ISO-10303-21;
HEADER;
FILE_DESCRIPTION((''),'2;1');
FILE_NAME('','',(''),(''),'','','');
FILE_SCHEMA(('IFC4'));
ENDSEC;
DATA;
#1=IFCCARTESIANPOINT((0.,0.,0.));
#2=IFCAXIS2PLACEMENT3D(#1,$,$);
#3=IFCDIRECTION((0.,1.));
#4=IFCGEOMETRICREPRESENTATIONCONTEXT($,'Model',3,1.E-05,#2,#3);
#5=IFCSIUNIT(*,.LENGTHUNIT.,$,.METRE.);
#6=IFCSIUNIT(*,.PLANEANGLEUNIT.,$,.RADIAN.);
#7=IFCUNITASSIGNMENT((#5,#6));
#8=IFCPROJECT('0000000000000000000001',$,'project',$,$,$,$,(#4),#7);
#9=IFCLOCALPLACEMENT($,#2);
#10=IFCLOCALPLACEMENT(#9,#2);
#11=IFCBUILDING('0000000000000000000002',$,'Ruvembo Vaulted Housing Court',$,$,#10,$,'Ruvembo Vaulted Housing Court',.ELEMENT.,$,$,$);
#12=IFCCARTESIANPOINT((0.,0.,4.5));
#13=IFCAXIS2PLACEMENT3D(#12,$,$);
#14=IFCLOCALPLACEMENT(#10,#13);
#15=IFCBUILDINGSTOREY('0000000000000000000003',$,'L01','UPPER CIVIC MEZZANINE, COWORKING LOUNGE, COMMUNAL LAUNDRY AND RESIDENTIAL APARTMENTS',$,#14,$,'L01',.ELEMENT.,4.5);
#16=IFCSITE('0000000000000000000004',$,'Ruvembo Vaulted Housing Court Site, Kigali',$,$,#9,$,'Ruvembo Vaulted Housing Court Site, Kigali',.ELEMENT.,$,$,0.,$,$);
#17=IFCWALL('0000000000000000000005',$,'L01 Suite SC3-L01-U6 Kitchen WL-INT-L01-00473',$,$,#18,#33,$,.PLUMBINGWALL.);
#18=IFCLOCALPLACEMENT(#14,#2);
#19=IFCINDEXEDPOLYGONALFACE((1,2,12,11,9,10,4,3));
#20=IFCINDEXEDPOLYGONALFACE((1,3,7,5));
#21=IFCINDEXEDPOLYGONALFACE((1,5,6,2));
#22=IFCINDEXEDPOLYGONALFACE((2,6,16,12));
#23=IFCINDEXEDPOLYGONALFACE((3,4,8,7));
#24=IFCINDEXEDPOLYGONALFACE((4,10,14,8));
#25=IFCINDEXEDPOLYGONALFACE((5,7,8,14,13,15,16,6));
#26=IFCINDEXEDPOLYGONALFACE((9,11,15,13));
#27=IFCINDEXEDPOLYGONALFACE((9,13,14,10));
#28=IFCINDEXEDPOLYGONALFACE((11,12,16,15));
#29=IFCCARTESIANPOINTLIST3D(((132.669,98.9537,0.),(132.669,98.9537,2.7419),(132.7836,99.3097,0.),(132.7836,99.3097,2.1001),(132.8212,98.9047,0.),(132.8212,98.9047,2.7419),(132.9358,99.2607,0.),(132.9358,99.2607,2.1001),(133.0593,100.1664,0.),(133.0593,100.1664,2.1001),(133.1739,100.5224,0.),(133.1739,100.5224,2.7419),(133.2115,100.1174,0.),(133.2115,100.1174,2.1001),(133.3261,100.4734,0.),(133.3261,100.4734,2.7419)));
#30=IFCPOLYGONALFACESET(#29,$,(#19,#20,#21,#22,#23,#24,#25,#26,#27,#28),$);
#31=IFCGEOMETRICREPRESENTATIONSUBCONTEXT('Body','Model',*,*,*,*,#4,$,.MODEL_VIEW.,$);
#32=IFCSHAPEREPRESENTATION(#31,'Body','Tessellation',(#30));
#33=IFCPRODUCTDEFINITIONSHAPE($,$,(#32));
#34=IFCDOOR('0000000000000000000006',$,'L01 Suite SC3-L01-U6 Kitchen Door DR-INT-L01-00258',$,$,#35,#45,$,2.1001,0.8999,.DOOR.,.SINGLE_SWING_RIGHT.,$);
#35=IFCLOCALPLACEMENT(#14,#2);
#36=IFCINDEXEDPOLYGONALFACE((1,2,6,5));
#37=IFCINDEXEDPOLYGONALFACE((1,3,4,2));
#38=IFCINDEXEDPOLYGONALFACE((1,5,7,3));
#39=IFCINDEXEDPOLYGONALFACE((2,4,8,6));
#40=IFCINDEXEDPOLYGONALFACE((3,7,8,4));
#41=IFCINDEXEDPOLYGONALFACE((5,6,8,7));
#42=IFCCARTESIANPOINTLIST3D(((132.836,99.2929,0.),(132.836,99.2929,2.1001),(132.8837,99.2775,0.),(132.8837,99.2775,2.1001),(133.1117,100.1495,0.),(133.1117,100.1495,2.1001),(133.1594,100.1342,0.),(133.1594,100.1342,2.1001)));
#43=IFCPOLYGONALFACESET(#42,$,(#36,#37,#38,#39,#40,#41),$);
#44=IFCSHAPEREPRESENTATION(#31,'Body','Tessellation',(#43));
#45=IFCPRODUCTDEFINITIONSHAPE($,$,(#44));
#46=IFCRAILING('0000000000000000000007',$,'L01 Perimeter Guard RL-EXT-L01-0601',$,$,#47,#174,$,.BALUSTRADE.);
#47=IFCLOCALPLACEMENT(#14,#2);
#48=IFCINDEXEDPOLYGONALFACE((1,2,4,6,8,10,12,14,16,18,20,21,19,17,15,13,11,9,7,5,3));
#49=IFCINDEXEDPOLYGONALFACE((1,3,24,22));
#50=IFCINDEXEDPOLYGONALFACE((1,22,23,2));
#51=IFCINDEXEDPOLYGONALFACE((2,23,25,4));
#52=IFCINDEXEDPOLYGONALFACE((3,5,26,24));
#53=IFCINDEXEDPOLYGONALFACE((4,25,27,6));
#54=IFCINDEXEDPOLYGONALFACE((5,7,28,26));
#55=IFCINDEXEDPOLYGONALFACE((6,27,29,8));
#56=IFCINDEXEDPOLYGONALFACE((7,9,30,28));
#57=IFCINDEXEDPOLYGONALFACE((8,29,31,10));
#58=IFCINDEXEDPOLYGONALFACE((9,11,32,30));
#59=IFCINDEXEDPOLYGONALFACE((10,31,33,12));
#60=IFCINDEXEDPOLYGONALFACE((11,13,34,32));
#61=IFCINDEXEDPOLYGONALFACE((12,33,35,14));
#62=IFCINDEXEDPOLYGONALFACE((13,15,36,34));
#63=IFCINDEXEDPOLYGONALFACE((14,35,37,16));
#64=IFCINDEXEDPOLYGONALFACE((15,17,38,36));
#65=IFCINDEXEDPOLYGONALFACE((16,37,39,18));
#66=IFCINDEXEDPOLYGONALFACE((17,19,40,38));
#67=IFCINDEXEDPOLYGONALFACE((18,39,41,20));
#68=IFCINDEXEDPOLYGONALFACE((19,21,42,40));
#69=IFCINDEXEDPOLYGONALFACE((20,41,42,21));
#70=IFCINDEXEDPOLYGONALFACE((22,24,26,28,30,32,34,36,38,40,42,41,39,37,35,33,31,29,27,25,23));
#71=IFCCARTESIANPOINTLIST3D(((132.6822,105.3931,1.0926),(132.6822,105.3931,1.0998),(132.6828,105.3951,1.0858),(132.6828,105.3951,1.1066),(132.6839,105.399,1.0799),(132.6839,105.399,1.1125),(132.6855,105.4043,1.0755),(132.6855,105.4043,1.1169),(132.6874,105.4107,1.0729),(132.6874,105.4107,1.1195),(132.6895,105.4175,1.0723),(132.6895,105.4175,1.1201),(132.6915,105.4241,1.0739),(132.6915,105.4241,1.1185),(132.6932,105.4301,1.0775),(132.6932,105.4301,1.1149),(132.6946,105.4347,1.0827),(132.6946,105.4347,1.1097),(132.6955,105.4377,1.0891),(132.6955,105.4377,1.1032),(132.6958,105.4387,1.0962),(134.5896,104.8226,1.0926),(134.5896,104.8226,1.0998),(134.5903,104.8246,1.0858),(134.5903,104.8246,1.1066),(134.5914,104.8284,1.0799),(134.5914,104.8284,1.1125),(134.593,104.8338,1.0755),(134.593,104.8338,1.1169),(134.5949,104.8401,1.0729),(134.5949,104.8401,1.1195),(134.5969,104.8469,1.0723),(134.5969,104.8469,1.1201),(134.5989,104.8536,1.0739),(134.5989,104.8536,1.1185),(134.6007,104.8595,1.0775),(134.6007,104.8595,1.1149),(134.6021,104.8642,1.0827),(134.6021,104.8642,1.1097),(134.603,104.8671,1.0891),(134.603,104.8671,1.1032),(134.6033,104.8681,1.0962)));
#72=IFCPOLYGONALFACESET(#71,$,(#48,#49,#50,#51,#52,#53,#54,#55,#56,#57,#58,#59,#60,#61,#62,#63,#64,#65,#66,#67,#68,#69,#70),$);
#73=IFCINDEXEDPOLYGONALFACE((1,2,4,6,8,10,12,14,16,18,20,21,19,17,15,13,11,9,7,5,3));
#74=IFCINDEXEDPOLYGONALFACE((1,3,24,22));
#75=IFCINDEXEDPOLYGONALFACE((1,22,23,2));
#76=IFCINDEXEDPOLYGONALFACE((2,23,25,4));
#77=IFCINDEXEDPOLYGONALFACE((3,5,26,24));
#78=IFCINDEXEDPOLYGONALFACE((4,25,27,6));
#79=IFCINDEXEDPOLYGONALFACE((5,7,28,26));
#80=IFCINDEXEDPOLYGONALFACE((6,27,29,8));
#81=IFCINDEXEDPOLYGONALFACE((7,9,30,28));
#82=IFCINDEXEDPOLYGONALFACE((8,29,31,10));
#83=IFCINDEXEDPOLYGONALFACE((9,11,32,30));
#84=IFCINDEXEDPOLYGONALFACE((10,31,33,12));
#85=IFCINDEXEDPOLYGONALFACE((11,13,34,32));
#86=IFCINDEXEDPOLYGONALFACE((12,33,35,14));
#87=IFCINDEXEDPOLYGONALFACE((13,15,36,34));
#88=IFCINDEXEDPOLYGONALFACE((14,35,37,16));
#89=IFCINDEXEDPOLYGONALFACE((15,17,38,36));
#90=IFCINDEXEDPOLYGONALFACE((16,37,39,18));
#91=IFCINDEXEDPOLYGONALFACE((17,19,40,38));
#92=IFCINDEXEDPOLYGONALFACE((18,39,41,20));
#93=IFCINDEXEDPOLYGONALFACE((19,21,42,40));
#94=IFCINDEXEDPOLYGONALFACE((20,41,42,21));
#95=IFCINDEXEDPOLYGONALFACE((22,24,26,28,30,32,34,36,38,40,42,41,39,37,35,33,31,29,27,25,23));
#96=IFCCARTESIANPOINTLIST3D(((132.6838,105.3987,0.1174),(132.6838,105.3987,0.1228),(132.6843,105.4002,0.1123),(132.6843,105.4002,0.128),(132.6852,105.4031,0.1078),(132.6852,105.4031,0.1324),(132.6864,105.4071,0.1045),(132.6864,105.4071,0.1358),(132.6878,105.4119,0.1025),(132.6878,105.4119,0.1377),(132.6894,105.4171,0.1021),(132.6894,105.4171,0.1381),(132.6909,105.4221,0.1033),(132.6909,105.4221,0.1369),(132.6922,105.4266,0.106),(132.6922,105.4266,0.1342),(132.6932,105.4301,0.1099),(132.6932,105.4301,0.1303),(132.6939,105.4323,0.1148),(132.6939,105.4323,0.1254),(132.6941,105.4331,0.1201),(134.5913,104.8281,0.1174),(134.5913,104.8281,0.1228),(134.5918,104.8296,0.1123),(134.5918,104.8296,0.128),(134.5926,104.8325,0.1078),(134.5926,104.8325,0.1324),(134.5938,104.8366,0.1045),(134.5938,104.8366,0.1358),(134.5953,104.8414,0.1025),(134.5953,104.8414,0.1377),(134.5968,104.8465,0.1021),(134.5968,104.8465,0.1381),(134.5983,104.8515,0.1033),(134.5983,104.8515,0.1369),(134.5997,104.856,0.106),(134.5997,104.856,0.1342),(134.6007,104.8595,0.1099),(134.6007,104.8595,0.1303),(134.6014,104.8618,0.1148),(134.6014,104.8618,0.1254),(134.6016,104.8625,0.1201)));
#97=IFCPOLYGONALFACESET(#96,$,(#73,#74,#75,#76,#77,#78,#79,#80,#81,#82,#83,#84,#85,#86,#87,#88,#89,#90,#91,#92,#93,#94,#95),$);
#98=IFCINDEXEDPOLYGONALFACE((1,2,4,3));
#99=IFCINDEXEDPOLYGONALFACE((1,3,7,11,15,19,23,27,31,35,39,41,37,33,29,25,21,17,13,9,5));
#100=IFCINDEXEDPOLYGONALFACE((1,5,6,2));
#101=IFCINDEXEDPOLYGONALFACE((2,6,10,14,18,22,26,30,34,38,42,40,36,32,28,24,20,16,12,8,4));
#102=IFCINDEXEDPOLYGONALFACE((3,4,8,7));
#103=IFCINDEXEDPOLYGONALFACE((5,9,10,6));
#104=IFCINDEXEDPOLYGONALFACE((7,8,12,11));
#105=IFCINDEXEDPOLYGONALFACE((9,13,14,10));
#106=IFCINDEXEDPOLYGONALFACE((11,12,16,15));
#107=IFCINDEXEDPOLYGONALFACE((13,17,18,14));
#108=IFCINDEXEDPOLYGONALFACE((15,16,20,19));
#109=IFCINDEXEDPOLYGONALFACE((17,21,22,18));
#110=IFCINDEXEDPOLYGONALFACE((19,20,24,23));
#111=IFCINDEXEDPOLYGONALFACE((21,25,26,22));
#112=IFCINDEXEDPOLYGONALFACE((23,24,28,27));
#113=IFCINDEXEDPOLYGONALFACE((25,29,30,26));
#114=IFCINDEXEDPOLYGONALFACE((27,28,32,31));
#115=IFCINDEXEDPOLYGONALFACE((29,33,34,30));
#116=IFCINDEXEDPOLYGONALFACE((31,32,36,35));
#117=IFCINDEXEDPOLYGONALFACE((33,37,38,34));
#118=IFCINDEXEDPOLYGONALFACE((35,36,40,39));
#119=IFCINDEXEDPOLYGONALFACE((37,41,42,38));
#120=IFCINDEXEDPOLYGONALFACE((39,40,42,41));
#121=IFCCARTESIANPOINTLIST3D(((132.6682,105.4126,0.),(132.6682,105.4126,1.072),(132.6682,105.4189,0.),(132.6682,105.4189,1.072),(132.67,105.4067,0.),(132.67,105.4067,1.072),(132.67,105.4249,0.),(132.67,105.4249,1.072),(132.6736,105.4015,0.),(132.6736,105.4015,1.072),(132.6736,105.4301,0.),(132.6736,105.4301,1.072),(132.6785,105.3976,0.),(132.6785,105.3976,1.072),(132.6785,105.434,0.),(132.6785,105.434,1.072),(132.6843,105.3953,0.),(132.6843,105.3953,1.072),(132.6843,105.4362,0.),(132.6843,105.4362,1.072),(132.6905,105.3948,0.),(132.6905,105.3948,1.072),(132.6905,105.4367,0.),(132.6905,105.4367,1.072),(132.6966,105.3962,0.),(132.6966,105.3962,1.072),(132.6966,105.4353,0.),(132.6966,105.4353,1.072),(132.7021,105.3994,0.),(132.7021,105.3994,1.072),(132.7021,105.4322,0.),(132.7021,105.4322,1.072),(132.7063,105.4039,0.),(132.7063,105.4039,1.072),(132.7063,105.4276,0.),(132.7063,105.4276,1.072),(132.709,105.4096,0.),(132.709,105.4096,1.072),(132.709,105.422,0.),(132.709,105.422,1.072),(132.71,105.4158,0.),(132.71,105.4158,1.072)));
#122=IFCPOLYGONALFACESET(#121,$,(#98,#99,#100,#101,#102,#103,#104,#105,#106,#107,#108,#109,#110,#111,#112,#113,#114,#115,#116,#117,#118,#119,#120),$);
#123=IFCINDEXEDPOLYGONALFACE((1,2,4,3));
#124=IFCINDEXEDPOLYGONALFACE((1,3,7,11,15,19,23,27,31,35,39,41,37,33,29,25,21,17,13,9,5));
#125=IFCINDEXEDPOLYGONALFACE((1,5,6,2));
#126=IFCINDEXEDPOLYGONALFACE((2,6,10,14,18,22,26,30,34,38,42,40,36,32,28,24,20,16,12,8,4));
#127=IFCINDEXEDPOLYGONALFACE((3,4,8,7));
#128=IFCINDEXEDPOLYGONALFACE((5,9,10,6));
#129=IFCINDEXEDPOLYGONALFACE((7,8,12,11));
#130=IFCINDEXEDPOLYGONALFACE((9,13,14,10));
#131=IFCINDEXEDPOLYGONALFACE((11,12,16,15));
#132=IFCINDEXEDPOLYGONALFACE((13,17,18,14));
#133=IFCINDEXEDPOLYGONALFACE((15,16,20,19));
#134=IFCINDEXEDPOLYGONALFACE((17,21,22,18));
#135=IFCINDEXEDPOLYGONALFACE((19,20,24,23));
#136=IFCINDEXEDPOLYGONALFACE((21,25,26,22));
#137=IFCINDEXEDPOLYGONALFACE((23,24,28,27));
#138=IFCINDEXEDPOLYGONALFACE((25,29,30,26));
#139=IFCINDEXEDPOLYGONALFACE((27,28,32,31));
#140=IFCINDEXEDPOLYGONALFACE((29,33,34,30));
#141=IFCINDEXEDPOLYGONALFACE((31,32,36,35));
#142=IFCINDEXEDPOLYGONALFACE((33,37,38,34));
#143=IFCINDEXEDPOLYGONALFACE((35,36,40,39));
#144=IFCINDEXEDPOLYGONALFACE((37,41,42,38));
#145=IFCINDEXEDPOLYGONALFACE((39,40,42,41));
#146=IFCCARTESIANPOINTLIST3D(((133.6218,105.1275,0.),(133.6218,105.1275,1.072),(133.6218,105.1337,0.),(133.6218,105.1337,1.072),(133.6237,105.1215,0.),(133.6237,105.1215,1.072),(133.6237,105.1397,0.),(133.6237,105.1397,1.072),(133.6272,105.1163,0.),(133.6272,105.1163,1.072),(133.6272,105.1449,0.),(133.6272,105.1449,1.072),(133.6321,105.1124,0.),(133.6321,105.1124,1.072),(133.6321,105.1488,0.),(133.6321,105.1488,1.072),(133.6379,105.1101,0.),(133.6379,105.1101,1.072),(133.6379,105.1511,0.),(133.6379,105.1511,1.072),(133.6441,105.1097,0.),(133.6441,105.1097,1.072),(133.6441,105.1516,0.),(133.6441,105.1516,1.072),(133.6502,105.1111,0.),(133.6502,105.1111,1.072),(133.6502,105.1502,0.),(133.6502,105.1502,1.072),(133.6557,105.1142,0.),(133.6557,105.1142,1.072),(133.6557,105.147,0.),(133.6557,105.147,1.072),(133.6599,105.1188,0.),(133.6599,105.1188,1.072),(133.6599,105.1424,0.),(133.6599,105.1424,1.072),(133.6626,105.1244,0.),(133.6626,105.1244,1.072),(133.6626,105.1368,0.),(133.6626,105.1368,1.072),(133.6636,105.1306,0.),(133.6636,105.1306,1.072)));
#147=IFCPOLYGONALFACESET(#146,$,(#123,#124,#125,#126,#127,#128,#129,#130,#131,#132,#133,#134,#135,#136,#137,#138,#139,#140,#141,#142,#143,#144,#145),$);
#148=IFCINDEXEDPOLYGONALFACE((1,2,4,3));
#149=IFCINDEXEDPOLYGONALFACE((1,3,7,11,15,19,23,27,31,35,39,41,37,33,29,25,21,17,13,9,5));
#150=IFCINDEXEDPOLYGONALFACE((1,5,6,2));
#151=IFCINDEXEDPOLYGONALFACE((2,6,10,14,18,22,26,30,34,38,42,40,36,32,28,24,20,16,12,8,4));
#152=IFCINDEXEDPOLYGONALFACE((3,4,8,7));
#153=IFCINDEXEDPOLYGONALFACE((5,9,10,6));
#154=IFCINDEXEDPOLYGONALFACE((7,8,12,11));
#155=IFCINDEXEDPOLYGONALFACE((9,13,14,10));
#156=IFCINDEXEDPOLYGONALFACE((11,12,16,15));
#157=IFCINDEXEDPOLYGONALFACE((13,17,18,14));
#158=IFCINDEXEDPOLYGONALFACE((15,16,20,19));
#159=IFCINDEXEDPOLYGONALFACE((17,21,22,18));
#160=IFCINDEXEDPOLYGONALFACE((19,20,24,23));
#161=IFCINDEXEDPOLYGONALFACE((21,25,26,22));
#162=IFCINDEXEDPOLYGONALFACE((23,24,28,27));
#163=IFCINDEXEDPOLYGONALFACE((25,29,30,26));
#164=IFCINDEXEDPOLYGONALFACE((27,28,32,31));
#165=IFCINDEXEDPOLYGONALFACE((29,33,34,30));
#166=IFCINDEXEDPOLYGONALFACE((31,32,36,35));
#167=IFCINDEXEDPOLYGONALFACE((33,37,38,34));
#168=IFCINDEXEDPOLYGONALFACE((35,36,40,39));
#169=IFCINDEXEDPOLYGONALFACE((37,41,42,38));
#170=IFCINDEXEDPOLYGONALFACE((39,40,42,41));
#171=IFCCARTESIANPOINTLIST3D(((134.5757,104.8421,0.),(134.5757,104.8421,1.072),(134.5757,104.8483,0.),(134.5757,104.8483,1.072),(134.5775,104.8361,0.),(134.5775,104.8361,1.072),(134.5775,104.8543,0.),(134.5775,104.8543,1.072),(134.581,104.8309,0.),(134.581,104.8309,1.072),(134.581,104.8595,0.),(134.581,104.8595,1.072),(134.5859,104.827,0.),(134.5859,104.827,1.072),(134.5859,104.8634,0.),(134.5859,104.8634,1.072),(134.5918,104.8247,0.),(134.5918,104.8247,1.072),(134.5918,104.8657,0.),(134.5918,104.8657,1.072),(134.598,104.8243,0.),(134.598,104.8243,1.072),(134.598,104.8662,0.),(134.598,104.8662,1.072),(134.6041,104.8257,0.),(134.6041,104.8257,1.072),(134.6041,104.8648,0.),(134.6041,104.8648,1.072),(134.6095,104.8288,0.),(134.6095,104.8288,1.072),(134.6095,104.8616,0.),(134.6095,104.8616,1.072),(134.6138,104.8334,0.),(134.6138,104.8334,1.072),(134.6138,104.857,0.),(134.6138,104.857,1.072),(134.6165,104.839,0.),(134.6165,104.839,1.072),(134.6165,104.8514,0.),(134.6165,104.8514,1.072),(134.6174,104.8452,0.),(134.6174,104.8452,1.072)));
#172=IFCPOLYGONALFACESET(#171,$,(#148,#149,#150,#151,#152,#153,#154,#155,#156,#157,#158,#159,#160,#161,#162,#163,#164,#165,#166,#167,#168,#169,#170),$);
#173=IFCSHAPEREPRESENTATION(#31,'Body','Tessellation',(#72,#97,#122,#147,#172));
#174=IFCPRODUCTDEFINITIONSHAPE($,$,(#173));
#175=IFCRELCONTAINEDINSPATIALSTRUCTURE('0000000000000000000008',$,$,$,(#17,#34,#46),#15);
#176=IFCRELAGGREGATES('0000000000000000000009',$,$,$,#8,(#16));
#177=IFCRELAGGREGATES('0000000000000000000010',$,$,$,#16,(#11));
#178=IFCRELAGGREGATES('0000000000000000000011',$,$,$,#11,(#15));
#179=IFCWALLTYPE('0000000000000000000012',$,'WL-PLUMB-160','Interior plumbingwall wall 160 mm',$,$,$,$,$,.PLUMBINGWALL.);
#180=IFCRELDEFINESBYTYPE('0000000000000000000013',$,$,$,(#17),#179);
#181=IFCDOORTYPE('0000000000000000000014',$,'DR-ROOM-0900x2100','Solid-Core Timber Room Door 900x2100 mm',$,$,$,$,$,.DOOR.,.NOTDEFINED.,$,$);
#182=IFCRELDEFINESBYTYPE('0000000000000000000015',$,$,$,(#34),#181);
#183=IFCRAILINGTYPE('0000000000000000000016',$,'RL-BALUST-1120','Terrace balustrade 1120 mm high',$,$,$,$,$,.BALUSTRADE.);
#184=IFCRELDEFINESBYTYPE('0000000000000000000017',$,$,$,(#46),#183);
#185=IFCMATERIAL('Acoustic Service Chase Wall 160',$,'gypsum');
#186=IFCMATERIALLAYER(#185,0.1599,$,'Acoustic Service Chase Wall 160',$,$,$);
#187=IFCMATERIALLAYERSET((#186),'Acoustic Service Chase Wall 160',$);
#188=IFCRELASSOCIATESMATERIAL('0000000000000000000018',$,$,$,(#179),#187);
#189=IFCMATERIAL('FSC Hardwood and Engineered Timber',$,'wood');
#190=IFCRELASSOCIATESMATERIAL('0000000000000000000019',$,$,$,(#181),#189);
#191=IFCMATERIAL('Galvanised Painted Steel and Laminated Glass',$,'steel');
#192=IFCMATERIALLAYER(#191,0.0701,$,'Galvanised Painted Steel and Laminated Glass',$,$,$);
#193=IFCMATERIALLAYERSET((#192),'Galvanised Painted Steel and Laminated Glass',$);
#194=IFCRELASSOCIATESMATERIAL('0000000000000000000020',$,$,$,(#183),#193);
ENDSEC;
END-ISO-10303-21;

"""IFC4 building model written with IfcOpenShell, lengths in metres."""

from ifc_helpers import new_model, si_unit, direction, frame, frame_2d, origin, origin_2d, place, context, subcontext, project, spatial, rectangle, circle, extrude, material, layer, layer_set, type_object, element, fill, save


model = new_model("IFC4")

# Units and contexts
model_context = context("Model", 3, precision=1e-05, world=origin(), true_north=direction((0.0, 1.0)))
body_context = subcontext(model_context, "Body", "Model", "MODEL_VIEW")
ifc_project = project(units=[si_unit("LENGTHUNIT", "METRE"), si_unit("PLANEANGLEUNIT", "RADIAN")], contexts=[model_context])

# Site, building, storey
site_placement = place(None, origin())
site = spatial("IfcSite", under=ifc_project, at=site_placement, Name="Ruvembo Vaulted Housing Court Site, Kigali", LongName="Ruvembo Vaulted Housing Court Site, Kigali", CompositionType="ELEMENT", RefElevation=0.0)
building_placement = place(site_placement, origin())
building = spatial("IfcBuilding", under=site, at=building_placement, Name="Ruvembo Vaulted Housing Court", LongName="Ruvembo Vaulted Housing Court", CompositionType="ELEMENT")
storey_placement = place(building_placement, frame((0.0, 0.0, 4.5)))
storey = spatial("IfcBuildingStorey", under=building, at=storey_placement, Name="L01", Description="UPPER CIVIC MEZZANINE, COWORKING LOUNGE, COMMUNAL LAUNDRY AND RESIDENTIAL APARTMENTS", LongName="L01", CompositionType="ELEMENT", Elevation=4.5)

# Shared definitions
ifc_material_1 = material(Name="FSC Hardwood and Engineered Timber", Category="wood")

# Wall, opening, door
ifc_material_2 = material(Name="Acoustic Service Chase Wall 160", Category="gypsum")
ifc_layer_1 = layer(ifc_material_2, 0.1599, Name="Acoustic Service Chase Wall 160")
ifc_layer_set_1 = layer_set([ifc_layer_1], Name="Acoustic Service Chase Wall 160")
wall_type_1 = type_object("IfcWallType", Name="WL-PLUMB-160", Description="Interior plumbingwall wall 160 mm", PredefinedType="PLUMBINGWALL", material=ifc_layer_set_1)
wall_1_placement = place(storey_placement, frame((132.7451, 98.9292, 0.0), z_axis=(0.0, 0.0, 1.0), x_axis=(0.306388, 0.951907, 0.0)))
wall_1 = element("IfcWall", 1, at=wall_1_placement, inside=storey, type_object=wall_type_1, Name="L01 Suite SC3-L01-U6 Kitchen WL-INT-L01-00473", PredefinedType="PLUMBINGWALL", context=body_context, shape_type="SweptSolid", body=[
    extrude(rectangle(XDim=1.6479, YDim=0.1599, at=frame_2d((0.824, 0.0))), origin(), (0.0, 0.0, 1.0), 2.7419),
])
opening_1_placement = place(wall_1_placement, frame((0.374, 0.0, 0.0)))
opening_1 = element("IfcOpeningElement", 2, at=opening_1_placement, cuts=wall_1, PredefinedType="OPENING", context=body_context, shape_type="SweptSolid", body=[
    extrude(rectangle(XDim=0.8999, YDim=2.1001, at=frame_2d((0.45, 1.05))), frame((0.0, 0.0898, 0.0), z_axis=(0.0, -1.0, 0.0), x_axis=(1.0, 0.0, 0.0)), (0.0, 0.0, 1.0), 0.1799),
])
door_type_1 = type_object("IfcDoorType", Name="DR-ROOM-0900x2100", Description="Solid-Core Timber Room Door 900x2100 mm", OperationType="NOTDEFINED", PredefinedType="DOOR", material=ifc_material_1)
door_1_placement = place(opening_1_placement, origin())
door_1 = element("IfcDoor", 3, at=door_1_placement, inside=storey, type_object=door_type_1, Name="L01 Suite SC3-L01-U6 Kitchen Door DR-INT-L01-00258", OperationType="SINGLE_SWING_RIGHT", OverallHeight=2.1001, OverallWidth=0.8999, PredefinedType="DOOR", context=body_context, shape_type="SweptSolid", body=[
    extrude(rectangle(XDim=0.8999, YDim=2.1001, at=frame_2d((0.45, 1.05))), frame((0.0, 0.0249, 0.0), z_axis=(0.0, -1.0, 0.0), x_axis=(1.0, 0.0, 0.0)), (0.0, 0.0, 1.0), 0.05),
])
fill(opening_1, door_1)

# Railing
ifc_material_3 = material(Name="Galvanised Painted Steel and Laminated Glass", Category="steel")
ifc_layer_2 = layer(ifc_material_3, 0.0701, Name="Galvanised Painted Steel and Laminated Glass")
ifc_layer_set_2 = layer_set([ifc_layer_2], Name="Galvanised Painted Steel and Laminated Glass")
railing_type = type_object("IfcRailingType", Name="RL-BALUST-1120", Description="Terrace balustrade 1120 mm high", PredefinedType="BALUSTRADE", material=ifc_layer_set_2)
railing_1_placement = place(storey_placement, frame((132.689, 105.4158, 0.0)))
element("IfcRailing", 4, at=railing_1_placement, inside=storey, type_object=railing_type, Name="L01 Perimeter Guard RL-EXT-L01-0601", PredefinedType="BALUSTRADE", context=body_context, shape_type="SweptSolid", body=[
    extrude(circle(Radius=0.0239, at=origin_2d()), frame((0.0, 0.0, 1.0962), z_axis=(0.958059, -0.286572, 0.0), x_axis=(0.286572, 0.958059, 0.0)), (0.0, 0.0, 1.0), 1.991),
    extrude(circle(Radius=0.0181, at=origin_2d()), frame((0.0, 0.0, 0.1201), z_axis=(0.958059, -0.286572, 0.0), x_axis=(0.286572, 0.958059, 0.0)), (0.0, 0.0, 1.0), 1.991),
    extrude(circle(Radius=0.021, at=origin_2d()), origin(), (0.0, 0.0, 1.0), 1.072),
    extrude(circle(Radius=0.021, at=origin_2d()), frame((0.9536, -0.2852, 0.0)), (0.0, 0.0, 1.0), 1.072),
    extrude(circle(Radius=0.021, at=origin_2d()), frame((1.9075, -0.5706, 0.0)), (0.0, 0.0, 1.0), 1.072),
])

save(model, "model.ifc")
